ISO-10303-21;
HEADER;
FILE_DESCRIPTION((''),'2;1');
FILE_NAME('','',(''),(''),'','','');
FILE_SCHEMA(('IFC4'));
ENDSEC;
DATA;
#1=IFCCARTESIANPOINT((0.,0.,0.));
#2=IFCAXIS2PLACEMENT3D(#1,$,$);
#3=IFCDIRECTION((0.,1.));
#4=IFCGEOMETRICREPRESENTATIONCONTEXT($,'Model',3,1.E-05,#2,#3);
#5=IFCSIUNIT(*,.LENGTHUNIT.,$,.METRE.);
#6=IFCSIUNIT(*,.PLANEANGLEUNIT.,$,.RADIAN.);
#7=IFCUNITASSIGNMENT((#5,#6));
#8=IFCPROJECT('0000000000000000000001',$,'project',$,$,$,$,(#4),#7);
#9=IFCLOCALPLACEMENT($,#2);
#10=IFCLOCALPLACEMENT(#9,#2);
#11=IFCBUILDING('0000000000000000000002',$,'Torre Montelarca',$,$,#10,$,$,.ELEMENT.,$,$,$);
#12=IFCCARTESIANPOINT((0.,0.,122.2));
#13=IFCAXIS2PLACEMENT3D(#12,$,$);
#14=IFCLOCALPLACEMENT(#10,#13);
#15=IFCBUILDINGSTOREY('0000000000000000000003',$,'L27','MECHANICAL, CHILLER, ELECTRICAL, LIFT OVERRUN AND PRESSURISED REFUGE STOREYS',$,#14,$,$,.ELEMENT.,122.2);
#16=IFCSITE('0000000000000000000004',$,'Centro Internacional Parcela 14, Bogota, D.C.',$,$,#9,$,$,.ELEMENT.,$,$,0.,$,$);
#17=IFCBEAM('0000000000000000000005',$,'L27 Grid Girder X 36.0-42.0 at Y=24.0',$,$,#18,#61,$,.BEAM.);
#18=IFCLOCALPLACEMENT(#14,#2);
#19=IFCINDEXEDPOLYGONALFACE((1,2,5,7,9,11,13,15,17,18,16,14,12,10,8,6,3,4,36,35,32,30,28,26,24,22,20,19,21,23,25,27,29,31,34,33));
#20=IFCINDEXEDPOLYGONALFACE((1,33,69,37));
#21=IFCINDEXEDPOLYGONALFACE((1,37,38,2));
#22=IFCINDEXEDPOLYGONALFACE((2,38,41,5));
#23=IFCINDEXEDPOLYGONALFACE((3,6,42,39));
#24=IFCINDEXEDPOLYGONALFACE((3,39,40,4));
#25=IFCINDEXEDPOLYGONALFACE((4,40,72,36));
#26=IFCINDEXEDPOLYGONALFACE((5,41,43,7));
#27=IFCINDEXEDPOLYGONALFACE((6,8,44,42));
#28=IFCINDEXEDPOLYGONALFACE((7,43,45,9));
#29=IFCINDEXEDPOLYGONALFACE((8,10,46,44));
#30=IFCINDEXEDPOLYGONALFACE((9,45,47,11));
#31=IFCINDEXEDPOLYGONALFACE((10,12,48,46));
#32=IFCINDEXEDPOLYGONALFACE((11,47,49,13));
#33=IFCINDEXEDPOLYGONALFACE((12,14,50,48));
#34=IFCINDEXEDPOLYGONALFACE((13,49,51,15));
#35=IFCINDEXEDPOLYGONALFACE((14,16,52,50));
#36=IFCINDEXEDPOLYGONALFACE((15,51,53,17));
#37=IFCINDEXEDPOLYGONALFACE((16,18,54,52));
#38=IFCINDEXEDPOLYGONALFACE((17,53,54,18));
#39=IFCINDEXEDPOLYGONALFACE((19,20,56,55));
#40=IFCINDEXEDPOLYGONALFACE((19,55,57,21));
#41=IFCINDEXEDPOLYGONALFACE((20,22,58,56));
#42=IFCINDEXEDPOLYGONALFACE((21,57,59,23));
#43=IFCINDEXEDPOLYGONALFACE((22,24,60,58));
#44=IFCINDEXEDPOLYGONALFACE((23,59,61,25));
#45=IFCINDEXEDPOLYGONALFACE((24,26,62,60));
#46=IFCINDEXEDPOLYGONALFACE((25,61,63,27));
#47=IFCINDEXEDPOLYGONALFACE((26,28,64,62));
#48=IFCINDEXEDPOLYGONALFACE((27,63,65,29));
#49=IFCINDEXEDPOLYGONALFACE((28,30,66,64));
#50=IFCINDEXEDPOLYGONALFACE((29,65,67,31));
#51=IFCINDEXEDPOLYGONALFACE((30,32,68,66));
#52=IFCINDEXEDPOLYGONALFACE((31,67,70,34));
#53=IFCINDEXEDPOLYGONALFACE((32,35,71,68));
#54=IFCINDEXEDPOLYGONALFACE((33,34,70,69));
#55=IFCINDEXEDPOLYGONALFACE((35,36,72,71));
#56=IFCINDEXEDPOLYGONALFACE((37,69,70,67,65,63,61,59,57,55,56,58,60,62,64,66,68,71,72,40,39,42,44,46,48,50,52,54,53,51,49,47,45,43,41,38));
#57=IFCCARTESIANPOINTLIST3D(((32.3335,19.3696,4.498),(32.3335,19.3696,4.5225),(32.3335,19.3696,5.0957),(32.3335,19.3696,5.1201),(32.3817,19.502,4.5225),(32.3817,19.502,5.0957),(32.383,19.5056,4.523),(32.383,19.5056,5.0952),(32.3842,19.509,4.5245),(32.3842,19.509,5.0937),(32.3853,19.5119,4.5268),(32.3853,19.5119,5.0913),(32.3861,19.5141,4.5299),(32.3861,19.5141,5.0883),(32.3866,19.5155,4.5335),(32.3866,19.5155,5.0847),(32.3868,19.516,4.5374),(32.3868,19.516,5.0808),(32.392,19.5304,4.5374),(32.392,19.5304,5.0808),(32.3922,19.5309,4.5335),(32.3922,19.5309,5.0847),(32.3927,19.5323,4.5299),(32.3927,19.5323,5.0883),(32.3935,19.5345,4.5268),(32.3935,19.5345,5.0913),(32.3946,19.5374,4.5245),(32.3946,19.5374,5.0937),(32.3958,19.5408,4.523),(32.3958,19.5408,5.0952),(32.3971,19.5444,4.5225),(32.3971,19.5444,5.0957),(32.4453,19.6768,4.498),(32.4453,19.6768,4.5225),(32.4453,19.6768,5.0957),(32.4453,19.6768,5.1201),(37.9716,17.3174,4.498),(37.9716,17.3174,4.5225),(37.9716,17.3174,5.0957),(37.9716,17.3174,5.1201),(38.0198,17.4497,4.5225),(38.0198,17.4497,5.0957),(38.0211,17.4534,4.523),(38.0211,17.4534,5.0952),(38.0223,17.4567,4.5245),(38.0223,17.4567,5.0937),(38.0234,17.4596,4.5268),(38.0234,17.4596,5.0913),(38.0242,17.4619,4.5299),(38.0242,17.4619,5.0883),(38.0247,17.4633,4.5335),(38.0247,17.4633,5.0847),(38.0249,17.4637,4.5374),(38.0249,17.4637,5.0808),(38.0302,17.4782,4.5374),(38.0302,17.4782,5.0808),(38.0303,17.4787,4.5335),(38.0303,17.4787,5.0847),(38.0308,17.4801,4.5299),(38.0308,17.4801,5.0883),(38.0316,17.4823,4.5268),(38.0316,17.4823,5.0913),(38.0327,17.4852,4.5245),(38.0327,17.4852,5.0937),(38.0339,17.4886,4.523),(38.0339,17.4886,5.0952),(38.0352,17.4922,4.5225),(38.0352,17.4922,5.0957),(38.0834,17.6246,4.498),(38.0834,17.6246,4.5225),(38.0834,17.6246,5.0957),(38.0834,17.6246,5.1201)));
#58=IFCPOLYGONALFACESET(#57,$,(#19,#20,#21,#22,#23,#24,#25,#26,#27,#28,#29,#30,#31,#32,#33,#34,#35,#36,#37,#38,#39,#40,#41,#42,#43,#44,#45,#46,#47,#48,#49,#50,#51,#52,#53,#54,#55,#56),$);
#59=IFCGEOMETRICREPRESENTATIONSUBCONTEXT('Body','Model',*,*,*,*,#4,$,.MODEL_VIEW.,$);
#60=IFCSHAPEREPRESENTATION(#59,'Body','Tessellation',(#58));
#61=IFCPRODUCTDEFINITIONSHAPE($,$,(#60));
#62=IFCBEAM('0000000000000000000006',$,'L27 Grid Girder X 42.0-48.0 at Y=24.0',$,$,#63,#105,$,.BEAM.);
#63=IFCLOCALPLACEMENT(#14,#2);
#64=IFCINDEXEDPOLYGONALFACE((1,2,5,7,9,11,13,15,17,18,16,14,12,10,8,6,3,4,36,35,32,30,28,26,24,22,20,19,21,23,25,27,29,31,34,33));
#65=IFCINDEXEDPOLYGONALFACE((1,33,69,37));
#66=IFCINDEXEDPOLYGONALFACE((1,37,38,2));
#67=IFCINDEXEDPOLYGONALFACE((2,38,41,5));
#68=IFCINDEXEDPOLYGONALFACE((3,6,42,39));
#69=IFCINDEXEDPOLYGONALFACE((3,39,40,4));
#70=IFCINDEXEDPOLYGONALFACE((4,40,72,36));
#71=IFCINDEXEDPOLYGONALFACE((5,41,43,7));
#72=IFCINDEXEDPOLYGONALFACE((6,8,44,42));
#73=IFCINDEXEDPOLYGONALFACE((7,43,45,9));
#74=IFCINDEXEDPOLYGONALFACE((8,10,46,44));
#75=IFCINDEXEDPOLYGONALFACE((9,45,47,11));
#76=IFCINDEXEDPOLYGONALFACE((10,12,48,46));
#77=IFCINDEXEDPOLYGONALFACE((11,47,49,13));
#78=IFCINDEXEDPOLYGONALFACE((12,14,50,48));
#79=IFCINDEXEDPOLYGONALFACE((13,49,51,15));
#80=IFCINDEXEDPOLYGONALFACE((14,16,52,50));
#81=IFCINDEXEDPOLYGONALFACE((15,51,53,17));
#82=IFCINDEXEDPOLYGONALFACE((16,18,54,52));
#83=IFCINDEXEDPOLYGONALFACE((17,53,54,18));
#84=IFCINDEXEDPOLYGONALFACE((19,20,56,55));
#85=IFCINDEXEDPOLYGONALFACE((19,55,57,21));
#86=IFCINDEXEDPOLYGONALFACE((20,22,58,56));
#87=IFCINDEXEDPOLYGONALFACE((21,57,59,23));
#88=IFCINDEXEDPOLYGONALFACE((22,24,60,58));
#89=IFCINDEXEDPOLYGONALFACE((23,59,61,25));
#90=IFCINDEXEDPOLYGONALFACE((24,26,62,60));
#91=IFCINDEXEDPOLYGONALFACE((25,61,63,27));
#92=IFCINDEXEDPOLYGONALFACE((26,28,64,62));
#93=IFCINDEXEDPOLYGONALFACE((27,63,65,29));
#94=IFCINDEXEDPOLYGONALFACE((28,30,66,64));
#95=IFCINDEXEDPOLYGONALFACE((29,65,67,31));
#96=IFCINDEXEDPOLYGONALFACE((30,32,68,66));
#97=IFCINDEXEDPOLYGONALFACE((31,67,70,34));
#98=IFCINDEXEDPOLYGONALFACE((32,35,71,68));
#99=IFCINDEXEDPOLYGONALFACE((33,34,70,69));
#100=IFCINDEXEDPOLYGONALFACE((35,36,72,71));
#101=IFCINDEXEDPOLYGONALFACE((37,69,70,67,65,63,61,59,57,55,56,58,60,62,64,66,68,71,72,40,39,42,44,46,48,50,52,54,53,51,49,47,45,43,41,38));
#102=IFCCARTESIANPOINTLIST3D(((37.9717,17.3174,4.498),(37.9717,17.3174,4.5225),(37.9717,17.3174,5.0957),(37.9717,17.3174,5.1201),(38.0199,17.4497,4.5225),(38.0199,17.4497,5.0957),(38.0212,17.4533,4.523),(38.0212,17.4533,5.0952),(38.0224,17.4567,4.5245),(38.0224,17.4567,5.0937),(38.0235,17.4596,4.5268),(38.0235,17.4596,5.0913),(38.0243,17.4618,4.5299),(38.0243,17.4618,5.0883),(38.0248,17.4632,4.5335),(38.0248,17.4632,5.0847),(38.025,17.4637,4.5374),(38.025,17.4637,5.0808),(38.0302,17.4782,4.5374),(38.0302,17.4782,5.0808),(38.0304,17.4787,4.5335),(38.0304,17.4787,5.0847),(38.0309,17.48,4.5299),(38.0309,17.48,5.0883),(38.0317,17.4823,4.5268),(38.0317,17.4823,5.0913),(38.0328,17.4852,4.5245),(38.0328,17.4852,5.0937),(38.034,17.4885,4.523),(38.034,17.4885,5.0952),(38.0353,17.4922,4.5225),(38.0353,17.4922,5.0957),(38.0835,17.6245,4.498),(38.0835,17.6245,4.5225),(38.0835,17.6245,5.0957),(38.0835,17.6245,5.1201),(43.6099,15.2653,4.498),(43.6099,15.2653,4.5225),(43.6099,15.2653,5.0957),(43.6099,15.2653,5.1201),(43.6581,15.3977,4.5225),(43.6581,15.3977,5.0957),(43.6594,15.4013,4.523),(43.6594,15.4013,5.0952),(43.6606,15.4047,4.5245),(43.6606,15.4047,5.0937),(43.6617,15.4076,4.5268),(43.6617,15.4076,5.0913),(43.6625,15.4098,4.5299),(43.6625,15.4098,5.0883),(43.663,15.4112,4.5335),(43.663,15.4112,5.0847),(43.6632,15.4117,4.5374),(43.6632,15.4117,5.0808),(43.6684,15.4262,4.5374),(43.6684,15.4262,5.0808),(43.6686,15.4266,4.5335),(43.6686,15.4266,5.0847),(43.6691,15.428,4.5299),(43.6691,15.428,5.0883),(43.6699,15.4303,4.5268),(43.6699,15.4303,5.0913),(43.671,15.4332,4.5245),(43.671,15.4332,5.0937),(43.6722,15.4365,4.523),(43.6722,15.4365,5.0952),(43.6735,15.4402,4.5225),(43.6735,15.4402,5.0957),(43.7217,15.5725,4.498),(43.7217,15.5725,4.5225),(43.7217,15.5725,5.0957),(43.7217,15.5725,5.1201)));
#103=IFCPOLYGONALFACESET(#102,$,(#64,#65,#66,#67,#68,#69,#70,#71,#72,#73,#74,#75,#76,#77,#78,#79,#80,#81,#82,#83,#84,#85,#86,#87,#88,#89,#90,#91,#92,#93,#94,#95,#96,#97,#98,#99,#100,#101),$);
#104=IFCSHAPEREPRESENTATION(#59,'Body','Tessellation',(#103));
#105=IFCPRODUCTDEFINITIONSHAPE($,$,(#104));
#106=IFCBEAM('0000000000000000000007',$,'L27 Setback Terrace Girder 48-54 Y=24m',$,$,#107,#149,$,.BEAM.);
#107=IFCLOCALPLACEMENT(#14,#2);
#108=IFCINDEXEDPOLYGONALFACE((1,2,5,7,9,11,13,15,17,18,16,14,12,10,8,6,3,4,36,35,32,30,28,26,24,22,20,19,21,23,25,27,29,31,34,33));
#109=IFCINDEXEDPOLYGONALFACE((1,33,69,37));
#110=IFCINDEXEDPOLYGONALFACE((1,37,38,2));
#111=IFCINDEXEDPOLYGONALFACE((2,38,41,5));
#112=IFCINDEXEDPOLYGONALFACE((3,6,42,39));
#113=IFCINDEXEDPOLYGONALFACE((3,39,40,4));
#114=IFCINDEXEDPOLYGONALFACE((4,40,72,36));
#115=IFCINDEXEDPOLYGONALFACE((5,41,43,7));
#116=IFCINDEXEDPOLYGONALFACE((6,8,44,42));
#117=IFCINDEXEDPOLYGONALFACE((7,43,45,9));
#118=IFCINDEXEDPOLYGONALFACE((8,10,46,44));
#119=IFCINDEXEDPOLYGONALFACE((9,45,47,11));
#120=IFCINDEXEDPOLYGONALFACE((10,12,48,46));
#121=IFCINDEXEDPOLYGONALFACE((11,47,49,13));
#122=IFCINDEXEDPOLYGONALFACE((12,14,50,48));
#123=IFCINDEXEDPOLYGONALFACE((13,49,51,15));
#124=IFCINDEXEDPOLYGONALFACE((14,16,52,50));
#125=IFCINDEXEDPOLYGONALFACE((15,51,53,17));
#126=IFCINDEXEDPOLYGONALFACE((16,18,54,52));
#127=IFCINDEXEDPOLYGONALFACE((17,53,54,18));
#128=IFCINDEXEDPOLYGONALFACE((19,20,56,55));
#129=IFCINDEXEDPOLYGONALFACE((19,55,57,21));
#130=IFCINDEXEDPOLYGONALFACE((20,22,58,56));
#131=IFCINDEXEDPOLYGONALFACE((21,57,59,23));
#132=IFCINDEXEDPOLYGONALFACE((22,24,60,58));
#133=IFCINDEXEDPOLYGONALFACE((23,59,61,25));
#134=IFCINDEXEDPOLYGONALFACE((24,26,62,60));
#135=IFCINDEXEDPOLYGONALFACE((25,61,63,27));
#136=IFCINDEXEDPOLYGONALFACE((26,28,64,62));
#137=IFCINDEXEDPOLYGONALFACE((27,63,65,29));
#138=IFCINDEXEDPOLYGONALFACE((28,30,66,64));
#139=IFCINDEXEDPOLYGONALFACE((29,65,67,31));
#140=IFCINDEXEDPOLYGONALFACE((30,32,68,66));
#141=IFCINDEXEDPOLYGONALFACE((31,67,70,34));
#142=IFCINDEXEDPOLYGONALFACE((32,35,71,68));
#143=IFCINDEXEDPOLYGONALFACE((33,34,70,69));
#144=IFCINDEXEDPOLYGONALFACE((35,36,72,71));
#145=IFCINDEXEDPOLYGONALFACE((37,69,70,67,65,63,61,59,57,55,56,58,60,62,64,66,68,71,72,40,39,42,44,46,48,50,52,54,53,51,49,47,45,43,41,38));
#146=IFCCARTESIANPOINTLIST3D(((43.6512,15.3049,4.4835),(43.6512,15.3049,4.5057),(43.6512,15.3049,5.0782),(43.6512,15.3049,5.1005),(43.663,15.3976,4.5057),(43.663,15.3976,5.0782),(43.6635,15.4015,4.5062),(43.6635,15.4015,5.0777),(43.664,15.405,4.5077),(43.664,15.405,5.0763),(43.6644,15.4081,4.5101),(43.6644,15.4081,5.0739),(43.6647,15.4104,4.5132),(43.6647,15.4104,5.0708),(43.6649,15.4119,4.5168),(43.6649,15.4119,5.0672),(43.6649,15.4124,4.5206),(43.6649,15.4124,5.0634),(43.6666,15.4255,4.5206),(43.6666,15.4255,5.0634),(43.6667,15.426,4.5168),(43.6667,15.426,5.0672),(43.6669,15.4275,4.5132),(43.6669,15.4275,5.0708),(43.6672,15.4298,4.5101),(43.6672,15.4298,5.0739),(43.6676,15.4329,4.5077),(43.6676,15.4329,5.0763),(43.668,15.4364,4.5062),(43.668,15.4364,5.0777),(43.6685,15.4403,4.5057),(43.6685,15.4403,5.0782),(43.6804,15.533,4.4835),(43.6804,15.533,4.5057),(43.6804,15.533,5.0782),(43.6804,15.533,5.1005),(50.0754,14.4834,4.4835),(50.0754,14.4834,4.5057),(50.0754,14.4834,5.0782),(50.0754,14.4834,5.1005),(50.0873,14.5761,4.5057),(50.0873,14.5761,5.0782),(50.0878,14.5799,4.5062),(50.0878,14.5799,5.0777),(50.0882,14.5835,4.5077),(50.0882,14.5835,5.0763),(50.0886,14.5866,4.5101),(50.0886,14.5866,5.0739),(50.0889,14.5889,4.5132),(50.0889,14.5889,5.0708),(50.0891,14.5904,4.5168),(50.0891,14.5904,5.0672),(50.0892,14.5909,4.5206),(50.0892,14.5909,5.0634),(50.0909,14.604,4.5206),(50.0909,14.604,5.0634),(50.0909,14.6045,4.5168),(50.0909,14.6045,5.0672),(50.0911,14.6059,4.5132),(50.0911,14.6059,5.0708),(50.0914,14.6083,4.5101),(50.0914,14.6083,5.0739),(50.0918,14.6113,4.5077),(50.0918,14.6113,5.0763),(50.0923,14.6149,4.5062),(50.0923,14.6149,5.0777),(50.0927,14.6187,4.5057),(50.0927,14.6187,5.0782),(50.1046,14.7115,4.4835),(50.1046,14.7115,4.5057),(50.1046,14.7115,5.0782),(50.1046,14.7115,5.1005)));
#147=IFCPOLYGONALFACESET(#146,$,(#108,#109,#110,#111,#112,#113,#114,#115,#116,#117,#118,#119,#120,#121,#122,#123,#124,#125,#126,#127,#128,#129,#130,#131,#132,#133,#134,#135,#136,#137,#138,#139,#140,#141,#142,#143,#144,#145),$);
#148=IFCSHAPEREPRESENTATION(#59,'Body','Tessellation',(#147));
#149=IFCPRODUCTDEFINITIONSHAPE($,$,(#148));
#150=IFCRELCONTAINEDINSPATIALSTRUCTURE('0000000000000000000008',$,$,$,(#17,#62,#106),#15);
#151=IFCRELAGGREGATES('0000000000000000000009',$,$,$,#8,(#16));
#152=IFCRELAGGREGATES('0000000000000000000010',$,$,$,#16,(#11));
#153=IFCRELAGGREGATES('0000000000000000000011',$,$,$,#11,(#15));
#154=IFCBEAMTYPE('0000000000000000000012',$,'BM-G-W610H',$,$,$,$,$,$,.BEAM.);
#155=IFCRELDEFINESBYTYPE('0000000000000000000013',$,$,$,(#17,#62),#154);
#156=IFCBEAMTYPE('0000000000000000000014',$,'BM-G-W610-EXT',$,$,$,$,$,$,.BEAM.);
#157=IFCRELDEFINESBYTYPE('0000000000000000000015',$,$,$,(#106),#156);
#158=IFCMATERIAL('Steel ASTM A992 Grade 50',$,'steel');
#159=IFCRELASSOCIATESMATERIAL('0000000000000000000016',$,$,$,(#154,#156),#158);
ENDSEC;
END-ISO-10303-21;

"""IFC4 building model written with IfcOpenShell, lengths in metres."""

from ifc_helpers import new_model, si_unit, direction, frame, origin, origin_2d, place, context, subcontext, project, spatial, i_section, extrude, source, transform, mapped, material, material_profile, profile_set, type_object, element, save


model = new_model("IFC4")

# Units and contexts
model_context = context("Model", 3, precision=1e-05, world=origin(), true_north=direction((0.0, 1.0)))
body_context = subcontext(model_context, "Body", "Model", "MODEL_VIEW")
ifc_project = project(units=[si_unit("LENGTHUNIT", "METRE"), si_unit("PLANEANGLEUNIT", "RADIAN")], contexts=[model_context])

# Site, building, storey
site_placement = place(None, origin())
site = spatial("IfcSite", under=ifc_project, at=site_placement, Name="Centro Internacional Parcela 14, Bogota, D.C.", CompositionType="ELEMENT", RefElevation=0.0)
building_placement = place(site_placement, origin())
building = spatial("IfcBuilding", under=site, at=building_placement, Name="Torre Montelarca", CompositionType="ELEMENT")
storey_placement = place(building_placement, frame((0.0, 0.0, 122.2)))
storey = spatial("IfcBuildingStorey", under=building, at=storey_placement, Name="L27", Description="MECHANICAL, CHILLER, ELECTRICAL, LIFT OVERRUN AND PRESSURISED REFUGE STOREYS", CompositionType="ELEMENT", Elevation=122.2)

# Beams
ifc_material_1 = material(Name="Steel ASTM A992 Grade 50", Category="steel")
ifc_material_profile_1 = material_profile(ifc_material_1, i_section(OverallWidth=0.3269, OverallDepth=0.6221, WebThickness=0.0154, FlangeThickness=0.0244, FilletRadius=0.0149, at=origin_2d()), Name="W610X195", Category="steel")
ifc_profile_set_1 = profile_set([ifc_material_profile_1], Name="Steel ASTM A992 Grade 50")
beam_type_1 = type_object("IfcBeamType", Name="BM-G-W610H", PredefinedType="BEAM", material=ifc_profile_set_1)
shared_shape_1 = source(origin(), body_context, "Body", "SweptSolid", [
    extrude(i_section(OverallWidth=0.3269, OverallDepth=0.6221, WebThickness=0.0154, FlangeThickness=0.0244, FilletRadius=0.0149, at=origin_2d()), origin(), (0.0, 0.0, 1.0), 6.0),
])
for number, where, z_axis, x_axis, name in (
    (1, (32.3894, 19.5232, 4.8091), (0.939686, -0.342037, 0.0), (0.342037, 0.939686, 0.0), "L27 Grid Girder X 36.0-42.0 at Y=24.0"),
    (2, (38.0276, 17.4709, 4.8091), (0.9397, -0.342001, 0.0), (0.342001, 0.9397, 0.0), "L27 Grid Girder X 42.0-48.0 at Y=24.0"),
):
    element("IfcBeam", number, at=place(storey_placement, frame(where, z_axis=z_axis, x_axis=x_axis)), inside=storey, type_object=beam_type_1, Name=name, PredefinedType="BEAM", context=body_context, shape_type="MappedRepresentation", body=[
        mapped(shared_shape_1, transform((0.0, 0.0, 0.0), scale=1.0)),
    ])
ifc_material_profile_2 = material_profile(ifc_material_1, i_section(OverallWidth=0.23, OverallDepth=0.6169, WebThickness=0.0132, FlangeThickness=0.0222, FilletRadius=0.0149, at=origin_2d()), Name="W610X140", Category="steel")
ifc_profile_set_2 = profile_set([ifc_material_profile_2], Name="Steel ASTM A992 Grade 50")
beam_type_2 = type_object("IfcBeamType", Name="BM-G-W610-EXT", PredefinedType="BEAM", material=ifc_profile_set_2)
shared_shape_2 = source(origin(), body_context, "Body", "SweptSolid", [
    extrude(i_section(OverallWidth=0.23, OverallDepth=0.6169, WebThickness=0.0132, FlangeThickness=0.0222, FilletRadius=0.0149, at=origin_2d()), origin(), (0.0, 0.0, 1.0), 6.4766),
])
beam_placement = place(storey_placement, frame((43.6658, 15.4189, 4.792), z_axis=(0.991922, -0.126846, 0.0), x_axis=(0.126846, 0.991922, 0.0)))
element("IfcBeam", 3, at=beam_placement, inside=storey, type_object=beam_type_2, Name="L27 Setback Terrace Girder 48-54 Y=24m", PredefinedType="BEAM", context=body_context, shape_type="MappedRepresentation", body=[
    mapped(shared_shape_2, transform((0.0, 0.0, 0.0), scale=1.0)),
])

save(model, "model.ifc")
